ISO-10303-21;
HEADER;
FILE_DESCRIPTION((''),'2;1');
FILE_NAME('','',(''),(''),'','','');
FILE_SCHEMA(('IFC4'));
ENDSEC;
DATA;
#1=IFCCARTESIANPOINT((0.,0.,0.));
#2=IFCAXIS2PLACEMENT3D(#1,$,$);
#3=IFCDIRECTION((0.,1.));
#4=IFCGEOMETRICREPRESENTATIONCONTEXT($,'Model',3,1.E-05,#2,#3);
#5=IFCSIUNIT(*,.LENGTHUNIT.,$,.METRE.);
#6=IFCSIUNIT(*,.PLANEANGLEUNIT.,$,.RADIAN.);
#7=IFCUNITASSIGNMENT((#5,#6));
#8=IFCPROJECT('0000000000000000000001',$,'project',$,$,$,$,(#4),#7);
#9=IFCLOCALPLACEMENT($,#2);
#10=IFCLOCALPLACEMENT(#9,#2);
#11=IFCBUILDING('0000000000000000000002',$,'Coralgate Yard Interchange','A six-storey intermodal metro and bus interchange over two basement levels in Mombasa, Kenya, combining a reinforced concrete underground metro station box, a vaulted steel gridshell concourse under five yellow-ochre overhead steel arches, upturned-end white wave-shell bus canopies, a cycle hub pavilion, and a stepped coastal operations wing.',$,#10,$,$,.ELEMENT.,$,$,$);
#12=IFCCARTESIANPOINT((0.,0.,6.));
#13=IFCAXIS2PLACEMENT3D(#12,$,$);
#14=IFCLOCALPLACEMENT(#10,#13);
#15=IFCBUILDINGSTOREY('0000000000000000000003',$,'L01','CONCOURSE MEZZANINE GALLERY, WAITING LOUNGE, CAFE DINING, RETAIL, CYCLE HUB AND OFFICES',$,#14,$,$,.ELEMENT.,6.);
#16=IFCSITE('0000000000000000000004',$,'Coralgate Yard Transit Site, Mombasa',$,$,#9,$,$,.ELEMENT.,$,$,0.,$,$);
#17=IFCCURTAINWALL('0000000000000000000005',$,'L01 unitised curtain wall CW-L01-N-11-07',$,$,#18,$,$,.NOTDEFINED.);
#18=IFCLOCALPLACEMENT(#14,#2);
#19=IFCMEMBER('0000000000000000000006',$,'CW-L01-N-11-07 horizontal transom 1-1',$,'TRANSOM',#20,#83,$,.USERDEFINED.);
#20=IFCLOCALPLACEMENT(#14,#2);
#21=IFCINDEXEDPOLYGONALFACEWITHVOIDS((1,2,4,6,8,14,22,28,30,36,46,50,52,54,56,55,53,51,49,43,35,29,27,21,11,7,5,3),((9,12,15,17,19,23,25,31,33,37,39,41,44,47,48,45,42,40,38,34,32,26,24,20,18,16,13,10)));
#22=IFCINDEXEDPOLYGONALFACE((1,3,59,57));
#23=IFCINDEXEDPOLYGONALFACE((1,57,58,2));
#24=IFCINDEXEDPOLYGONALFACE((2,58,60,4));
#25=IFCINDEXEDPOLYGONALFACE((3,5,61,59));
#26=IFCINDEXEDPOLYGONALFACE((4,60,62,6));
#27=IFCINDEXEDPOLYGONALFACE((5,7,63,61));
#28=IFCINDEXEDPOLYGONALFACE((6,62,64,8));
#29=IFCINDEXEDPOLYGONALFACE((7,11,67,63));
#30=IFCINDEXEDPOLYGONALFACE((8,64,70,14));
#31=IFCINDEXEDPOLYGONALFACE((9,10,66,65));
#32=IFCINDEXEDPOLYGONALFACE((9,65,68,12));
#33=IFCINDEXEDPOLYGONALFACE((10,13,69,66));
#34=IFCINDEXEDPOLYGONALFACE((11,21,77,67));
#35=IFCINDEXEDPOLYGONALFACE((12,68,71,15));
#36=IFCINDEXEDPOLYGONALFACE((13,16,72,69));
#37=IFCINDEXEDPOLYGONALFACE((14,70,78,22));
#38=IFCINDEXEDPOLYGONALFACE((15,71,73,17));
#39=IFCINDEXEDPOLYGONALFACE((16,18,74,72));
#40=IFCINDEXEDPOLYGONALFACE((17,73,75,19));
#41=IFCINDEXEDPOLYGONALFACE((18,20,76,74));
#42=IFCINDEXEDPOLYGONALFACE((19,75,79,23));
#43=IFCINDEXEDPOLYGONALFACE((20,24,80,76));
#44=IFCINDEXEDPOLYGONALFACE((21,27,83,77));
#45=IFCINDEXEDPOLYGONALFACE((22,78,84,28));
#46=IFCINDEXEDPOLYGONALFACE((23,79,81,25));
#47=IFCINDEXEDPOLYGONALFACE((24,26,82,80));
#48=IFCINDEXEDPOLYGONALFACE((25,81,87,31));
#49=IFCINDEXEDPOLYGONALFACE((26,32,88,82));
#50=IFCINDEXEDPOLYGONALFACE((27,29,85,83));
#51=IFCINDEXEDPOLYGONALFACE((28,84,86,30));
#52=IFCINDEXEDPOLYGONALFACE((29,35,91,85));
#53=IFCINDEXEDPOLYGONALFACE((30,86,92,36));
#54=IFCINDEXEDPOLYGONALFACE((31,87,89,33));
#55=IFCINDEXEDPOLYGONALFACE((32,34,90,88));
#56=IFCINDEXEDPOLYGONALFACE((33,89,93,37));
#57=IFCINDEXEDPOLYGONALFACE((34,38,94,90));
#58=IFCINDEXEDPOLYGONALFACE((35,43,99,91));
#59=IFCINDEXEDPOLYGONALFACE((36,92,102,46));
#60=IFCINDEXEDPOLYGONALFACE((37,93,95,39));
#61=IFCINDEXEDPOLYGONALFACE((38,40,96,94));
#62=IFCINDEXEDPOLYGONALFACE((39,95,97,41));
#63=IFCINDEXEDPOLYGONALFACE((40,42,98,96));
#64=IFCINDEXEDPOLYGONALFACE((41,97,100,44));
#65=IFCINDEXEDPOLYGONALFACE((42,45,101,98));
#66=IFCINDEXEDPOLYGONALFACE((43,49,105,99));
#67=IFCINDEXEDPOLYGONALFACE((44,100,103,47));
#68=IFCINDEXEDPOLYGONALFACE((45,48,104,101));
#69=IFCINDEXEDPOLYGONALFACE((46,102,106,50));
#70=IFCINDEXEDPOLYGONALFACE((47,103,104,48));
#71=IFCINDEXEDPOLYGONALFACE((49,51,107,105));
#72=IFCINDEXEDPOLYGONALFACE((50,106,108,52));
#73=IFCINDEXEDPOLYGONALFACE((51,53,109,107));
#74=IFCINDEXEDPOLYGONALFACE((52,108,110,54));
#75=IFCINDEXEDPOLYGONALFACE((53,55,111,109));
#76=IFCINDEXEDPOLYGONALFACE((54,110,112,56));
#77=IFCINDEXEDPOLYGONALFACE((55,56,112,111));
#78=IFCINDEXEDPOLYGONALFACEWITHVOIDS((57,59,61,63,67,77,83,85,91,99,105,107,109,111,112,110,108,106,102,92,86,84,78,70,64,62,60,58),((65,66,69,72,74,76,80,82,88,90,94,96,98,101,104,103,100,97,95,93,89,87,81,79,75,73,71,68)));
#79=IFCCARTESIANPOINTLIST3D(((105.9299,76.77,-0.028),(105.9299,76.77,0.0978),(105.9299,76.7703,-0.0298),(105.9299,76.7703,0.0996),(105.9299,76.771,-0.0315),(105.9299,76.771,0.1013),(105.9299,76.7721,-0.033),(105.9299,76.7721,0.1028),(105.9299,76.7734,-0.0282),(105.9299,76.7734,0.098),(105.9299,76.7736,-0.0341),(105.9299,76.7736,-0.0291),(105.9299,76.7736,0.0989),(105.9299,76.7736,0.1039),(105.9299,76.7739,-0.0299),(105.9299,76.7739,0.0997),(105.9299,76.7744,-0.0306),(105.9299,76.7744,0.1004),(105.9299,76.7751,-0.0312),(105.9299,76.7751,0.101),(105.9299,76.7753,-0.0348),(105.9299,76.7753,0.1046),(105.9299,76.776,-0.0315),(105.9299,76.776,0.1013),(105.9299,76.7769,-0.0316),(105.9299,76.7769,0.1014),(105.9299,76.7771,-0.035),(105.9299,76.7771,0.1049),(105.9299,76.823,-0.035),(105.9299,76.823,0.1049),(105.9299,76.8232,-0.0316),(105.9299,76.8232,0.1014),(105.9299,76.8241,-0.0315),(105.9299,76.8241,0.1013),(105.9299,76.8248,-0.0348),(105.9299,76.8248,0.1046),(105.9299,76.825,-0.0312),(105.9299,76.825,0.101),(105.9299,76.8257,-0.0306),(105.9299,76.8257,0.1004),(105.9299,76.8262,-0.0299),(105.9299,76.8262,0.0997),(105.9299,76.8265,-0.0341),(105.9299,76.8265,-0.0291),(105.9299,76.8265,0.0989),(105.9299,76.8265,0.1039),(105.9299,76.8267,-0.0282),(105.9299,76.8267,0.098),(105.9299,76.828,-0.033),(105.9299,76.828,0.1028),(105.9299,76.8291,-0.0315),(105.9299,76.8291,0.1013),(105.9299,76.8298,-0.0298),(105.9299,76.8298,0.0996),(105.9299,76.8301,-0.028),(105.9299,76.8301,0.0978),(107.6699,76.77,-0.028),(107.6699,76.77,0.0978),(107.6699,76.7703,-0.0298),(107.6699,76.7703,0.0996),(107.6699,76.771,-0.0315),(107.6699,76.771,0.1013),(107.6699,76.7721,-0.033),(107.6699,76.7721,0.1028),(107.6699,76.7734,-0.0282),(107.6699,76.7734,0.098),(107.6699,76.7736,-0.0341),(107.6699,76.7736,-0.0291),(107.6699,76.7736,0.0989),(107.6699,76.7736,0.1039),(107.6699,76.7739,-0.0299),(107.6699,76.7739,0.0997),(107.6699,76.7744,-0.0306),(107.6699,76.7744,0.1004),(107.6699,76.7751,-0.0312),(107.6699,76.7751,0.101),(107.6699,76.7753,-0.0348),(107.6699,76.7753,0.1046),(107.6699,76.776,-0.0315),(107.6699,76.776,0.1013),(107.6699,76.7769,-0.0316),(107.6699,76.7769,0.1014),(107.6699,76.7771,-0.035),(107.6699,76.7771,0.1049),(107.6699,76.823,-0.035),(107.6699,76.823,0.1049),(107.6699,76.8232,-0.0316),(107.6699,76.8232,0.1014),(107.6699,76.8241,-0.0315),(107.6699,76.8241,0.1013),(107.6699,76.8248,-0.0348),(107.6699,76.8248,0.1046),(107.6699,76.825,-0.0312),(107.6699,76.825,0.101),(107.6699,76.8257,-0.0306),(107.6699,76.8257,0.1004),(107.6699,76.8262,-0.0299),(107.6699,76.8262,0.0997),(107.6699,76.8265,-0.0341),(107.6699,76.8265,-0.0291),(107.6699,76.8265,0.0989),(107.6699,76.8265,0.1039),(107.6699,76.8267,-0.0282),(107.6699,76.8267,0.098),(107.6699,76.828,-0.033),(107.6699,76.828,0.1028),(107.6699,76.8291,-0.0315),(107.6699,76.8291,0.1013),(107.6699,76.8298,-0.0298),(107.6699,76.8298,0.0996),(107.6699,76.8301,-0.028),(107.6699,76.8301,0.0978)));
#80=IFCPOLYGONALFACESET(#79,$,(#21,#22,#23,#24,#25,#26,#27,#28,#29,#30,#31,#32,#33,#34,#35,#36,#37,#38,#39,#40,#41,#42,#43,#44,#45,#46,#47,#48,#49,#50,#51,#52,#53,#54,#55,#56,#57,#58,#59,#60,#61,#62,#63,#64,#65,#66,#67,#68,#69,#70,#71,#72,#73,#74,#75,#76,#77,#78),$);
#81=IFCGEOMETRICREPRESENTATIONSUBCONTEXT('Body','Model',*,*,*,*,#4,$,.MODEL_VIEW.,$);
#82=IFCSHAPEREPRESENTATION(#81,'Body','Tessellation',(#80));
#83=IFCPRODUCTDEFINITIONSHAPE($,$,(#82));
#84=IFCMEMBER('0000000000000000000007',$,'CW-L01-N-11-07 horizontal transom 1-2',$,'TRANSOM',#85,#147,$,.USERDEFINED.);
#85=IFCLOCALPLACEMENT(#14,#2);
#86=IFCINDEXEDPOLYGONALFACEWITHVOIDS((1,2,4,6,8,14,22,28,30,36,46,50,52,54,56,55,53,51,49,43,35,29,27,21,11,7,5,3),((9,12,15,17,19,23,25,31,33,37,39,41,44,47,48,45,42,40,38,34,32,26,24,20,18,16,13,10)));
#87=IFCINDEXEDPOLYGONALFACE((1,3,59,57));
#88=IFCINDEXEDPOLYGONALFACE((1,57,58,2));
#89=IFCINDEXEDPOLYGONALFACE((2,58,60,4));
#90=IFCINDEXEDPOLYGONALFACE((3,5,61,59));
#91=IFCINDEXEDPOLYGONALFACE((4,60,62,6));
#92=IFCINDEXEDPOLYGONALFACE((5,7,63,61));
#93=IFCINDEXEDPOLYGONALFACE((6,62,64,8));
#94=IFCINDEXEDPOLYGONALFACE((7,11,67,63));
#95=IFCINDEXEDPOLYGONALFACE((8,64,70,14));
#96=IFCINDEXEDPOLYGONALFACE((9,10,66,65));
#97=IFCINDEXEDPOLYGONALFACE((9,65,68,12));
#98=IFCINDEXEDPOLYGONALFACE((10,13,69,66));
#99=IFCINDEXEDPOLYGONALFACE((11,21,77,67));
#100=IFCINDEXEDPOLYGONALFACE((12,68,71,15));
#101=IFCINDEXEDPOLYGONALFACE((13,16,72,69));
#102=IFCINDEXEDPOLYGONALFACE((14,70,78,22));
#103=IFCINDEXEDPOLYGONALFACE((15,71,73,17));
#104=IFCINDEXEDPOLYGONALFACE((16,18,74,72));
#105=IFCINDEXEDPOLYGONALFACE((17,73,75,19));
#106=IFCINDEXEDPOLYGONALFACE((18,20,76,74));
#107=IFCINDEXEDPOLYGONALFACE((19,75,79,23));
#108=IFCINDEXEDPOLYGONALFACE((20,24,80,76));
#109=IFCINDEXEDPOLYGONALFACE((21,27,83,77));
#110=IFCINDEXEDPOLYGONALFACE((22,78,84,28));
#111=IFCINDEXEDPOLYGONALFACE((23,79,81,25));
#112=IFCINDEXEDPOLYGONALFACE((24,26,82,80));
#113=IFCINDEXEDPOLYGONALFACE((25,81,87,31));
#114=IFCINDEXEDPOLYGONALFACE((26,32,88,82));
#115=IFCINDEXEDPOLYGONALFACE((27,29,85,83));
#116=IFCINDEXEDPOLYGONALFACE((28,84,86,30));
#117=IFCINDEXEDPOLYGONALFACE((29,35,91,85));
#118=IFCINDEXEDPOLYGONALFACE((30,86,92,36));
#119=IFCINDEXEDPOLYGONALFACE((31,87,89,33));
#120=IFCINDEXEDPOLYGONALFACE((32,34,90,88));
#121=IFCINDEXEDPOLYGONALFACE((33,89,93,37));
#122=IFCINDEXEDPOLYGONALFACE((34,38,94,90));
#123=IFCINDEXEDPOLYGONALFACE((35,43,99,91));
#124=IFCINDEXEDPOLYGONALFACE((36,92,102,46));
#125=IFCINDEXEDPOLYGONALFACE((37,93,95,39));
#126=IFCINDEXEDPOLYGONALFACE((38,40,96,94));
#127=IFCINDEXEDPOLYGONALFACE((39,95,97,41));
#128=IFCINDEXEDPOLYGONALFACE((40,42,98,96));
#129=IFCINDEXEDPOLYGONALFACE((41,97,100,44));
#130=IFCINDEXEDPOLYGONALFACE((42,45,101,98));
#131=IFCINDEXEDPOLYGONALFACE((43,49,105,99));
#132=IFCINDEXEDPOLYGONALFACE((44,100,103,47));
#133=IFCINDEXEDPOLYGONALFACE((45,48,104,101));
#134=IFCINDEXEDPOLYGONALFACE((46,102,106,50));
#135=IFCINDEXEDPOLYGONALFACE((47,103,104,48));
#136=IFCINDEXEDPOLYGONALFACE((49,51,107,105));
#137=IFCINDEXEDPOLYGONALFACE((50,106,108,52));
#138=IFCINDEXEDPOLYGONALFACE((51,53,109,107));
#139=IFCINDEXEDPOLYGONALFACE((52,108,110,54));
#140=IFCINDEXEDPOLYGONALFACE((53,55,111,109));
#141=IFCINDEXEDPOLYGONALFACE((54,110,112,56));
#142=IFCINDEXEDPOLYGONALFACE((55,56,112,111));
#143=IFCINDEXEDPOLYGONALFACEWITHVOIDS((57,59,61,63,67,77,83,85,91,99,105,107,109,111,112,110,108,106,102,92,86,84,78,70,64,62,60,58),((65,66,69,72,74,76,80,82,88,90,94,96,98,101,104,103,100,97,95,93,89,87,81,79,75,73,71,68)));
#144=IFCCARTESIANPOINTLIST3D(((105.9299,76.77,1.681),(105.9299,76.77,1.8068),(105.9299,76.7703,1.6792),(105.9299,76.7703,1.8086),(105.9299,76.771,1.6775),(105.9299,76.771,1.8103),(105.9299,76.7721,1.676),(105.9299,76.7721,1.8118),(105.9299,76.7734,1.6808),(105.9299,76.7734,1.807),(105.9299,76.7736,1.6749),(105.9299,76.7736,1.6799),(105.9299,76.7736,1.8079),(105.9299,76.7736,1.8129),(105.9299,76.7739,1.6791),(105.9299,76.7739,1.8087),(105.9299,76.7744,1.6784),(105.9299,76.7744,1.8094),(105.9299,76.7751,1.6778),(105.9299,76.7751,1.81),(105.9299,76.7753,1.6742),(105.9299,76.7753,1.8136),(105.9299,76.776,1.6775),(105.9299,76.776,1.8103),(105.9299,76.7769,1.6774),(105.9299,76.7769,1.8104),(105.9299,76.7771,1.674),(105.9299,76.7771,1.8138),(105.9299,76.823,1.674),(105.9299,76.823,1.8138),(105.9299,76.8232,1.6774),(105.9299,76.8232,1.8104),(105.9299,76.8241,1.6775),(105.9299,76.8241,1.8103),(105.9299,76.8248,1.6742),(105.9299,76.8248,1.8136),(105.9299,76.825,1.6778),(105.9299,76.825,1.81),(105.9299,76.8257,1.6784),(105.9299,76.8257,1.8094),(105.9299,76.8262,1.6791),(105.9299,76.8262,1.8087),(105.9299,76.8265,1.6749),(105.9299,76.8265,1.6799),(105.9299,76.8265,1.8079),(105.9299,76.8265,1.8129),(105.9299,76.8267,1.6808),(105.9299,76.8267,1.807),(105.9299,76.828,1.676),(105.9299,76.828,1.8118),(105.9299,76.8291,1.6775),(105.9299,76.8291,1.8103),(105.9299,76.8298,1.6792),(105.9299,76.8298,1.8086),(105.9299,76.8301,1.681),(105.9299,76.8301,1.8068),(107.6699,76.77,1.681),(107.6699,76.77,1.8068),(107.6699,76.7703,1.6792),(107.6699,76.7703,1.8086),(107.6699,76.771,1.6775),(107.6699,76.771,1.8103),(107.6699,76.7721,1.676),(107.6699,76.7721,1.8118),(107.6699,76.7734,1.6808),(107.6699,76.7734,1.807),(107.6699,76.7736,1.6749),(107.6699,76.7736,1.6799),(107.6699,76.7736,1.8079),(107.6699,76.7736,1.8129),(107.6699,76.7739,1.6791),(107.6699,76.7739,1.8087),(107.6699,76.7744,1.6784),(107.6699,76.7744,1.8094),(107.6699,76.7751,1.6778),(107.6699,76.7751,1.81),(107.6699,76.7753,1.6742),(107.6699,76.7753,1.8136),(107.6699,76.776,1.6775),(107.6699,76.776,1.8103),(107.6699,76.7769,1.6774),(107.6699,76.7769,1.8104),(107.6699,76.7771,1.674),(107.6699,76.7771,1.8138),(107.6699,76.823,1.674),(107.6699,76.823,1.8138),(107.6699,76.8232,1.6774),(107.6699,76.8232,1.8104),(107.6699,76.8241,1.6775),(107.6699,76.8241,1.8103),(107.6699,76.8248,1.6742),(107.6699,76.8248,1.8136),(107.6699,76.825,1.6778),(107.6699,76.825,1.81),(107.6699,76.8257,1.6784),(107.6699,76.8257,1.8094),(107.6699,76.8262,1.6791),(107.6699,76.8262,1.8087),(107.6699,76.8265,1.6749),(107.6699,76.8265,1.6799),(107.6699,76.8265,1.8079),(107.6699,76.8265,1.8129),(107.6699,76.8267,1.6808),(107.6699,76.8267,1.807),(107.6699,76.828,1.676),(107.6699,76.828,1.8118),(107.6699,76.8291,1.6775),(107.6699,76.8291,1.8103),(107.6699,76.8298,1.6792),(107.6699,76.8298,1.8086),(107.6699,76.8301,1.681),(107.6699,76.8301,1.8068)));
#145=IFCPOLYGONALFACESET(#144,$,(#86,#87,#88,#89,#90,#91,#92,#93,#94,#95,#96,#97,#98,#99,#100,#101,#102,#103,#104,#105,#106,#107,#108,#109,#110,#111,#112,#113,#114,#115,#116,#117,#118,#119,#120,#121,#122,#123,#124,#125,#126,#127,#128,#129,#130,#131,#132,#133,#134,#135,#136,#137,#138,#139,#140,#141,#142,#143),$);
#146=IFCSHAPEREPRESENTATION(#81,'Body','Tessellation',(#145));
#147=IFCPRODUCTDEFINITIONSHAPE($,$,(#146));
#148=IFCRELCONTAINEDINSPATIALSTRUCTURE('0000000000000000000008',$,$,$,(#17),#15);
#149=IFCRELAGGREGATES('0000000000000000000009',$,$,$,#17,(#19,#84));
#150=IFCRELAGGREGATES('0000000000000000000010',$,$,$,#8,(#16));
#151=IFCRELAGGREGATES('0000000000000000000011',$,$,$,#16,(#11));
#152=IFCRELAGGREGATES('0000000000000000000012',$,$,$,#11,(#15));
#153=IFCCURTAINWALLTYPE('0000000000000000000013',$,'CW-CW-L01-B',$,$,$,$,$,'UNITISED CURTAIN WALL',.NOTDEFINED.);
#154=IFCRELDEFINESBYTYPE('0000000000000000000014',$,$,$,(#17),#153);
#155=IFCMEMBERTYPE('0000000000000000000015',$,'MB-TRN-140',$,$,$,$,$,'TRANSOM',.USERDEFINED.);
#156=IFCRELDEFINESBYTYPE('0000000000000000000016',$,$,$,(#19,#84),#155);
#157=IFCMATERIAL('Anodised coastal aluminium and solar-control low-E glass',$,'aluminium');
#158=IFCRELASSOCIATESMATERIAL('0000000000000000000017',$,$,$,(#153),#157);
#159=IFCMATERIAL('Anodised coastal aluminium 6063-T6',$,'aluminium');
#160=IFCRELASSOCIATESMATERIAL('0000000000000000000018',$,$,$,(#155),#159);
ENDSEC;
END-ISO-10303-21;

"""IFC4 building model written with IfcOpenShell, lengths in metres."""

from ifc_helpers import new_model, si_unit, direction, frame, origin, origin_2d, place, context, subcontext, project, spatial, hollow_rectangle, extrude, material, material_profile, profile_set, type_object, element, aggregate, save


model = new_model("IFC4")

# Units and contexts
model_context = context("Model", 3, precision=1e-05, world=origin(), true_north=direction((0.0, 1.0)))
body_context = subcontext(model_context, "Body", "Model", "MODEL_VIEW")
ifc_project = project(units=[si_unit("LENGTHUNIT", "METRE"), si_unit("PLANEANGLEUNIT", "RADIAN")], contexts=[model_context])

# Site, building, storey
site_placement = place(None, origin())
site = spatial("IfcSite", under=ifc_project, at=site_placement, Name="Coralgate Yard Transit Site, Mombasa", CompositionType="ELEMENT", RefElevation=0.0)
building_placement = place(site_placement, origin())
building = spatial("IfcBuilding", under=site, at=building_placement, Name="Coralgate Yard Interchange", Description="A six-storey intermodal metro and bus interchange over two basement levels in Mombasa, Kenya, combining a reinforced concrete underground metro station box, a vaulted steel gridshell concourse under five yellow-ochre overhead steel arches, upturned-end white wave-shell bus canopies, a cycle hub pavilion, and a stepped coastal operations wing.", CompositionType="ELEMENT")
storey_placement = place(building_placement, frame((0.0, 0.0, 6.0)))
storey = spatial("IfcBuildingStorey", under=building, at=storey_placement, Name="L01", Description="CONCOURSE MEZZANINE GALLERY, WAITING LOUNGE, CAFE DINING, RETAIL, CYCLE HUB AND OFFICES", CompositionType="ELEMENT", Elevation=6.0)

# Curtain wall
ifc_material_1 = material(Name="Anodised coastal aluminium and solar-control low-E glass", Category="aluminium")
curtain_wall_type = type_object("IfcCurtainWallType", Name="CW-CW-L01-B", ElementType="UNITISED CURTAIN WALL", PredefinedType="NOTDEFINED", material=ifc_material_1)
ifc_material_2 = material(Name="Anodised coastal aluminium 6063-T6", Category="aluminium")
curtain_wall_1_placement = place(storey_placement, origin())
curtain_wall_1 = element("IfcCurtainWall", 1, at=curtain_wall_1_placement, inside=storey, type_object=curtain_wall_type, Name="L01 unitised curtain wall CW-L01-N-11-07", PredefinedType="NOTDEFINED")

# Members
ifc_material_profile_1 = material_profile(ifc_material_2, hollow_rectangle(XDim=0.0601, YDim=0.1399, WallThickness=0.0034, InnerFilletRadius=0.0034, OuterFilletRadius=0.0071, at=origin_2d()), Name="ALU 60x140x3.5")
ifc_profile_set_1 = profile_set([ifc_material_profile_1], Name="Anodised coastal aluminium 6063-T6")
member_type_1 = type_object("IfcMemberType", Name="MB-TRN-140", ElementType="TRANSOM", PredefinedType="USERDEFINED", material=ifc_profile_set_1)
member_1_placement = place(storey_placement, frame((105.9299, 76.8, 0.0349), z_axis=(1.0, 0.0, 0.0), x_axis=(0.0, 1.0, 0.0)))
member_1 = element("IfcMember", 2, at=member_1_placement, type_object=member_type_1, Name="CW-L01-N-11-07 horizontal transom 1-1", ObjectType="TRANSOM", PredefinedType="USERDEFINED", context=body_context, shape_type="SweptSolid", body=[
    extrude(hollow_rectangle(XDim=0.0601, YDim=0.1399, WallThickness=0.0034, InnerFilletRadius=0.0034, OuterFilletRadius=0.0071, at=origin_2d()), origin(), (0.0, 0.0, 1.0), 1.74),
])
member_2_placement = place(storey_placement, frame((105.9299, 76.8, 1.7439), z_axis=(1.0, 0.0, 0.0), x_axis=(0.0, 1.0, 0.0)))
member_2 = element("IfcMember", 3, at=member_2_placement, type_object=member_type_1, Name="CW-L01-N-11-07 horizontal transom 1-2", ObjectType="TRANSOM", PredefinedType="USERDEFINED", context=body_context, shape_type="SweptSolid", body=[
    extrude(hollow_rectangle(XDim=0.0601, YDim=0.1399, WallThickness=0.0034, InnerFilletRadius=0.0034, OuterFilletRadius=0.0071, at=origin_2d()), origin(), (0.0, 0.0, 1.0), 1.74),
])

aggregate(curtain_wall_1, [member_1, member_2])

save(model, "model.ifc")
